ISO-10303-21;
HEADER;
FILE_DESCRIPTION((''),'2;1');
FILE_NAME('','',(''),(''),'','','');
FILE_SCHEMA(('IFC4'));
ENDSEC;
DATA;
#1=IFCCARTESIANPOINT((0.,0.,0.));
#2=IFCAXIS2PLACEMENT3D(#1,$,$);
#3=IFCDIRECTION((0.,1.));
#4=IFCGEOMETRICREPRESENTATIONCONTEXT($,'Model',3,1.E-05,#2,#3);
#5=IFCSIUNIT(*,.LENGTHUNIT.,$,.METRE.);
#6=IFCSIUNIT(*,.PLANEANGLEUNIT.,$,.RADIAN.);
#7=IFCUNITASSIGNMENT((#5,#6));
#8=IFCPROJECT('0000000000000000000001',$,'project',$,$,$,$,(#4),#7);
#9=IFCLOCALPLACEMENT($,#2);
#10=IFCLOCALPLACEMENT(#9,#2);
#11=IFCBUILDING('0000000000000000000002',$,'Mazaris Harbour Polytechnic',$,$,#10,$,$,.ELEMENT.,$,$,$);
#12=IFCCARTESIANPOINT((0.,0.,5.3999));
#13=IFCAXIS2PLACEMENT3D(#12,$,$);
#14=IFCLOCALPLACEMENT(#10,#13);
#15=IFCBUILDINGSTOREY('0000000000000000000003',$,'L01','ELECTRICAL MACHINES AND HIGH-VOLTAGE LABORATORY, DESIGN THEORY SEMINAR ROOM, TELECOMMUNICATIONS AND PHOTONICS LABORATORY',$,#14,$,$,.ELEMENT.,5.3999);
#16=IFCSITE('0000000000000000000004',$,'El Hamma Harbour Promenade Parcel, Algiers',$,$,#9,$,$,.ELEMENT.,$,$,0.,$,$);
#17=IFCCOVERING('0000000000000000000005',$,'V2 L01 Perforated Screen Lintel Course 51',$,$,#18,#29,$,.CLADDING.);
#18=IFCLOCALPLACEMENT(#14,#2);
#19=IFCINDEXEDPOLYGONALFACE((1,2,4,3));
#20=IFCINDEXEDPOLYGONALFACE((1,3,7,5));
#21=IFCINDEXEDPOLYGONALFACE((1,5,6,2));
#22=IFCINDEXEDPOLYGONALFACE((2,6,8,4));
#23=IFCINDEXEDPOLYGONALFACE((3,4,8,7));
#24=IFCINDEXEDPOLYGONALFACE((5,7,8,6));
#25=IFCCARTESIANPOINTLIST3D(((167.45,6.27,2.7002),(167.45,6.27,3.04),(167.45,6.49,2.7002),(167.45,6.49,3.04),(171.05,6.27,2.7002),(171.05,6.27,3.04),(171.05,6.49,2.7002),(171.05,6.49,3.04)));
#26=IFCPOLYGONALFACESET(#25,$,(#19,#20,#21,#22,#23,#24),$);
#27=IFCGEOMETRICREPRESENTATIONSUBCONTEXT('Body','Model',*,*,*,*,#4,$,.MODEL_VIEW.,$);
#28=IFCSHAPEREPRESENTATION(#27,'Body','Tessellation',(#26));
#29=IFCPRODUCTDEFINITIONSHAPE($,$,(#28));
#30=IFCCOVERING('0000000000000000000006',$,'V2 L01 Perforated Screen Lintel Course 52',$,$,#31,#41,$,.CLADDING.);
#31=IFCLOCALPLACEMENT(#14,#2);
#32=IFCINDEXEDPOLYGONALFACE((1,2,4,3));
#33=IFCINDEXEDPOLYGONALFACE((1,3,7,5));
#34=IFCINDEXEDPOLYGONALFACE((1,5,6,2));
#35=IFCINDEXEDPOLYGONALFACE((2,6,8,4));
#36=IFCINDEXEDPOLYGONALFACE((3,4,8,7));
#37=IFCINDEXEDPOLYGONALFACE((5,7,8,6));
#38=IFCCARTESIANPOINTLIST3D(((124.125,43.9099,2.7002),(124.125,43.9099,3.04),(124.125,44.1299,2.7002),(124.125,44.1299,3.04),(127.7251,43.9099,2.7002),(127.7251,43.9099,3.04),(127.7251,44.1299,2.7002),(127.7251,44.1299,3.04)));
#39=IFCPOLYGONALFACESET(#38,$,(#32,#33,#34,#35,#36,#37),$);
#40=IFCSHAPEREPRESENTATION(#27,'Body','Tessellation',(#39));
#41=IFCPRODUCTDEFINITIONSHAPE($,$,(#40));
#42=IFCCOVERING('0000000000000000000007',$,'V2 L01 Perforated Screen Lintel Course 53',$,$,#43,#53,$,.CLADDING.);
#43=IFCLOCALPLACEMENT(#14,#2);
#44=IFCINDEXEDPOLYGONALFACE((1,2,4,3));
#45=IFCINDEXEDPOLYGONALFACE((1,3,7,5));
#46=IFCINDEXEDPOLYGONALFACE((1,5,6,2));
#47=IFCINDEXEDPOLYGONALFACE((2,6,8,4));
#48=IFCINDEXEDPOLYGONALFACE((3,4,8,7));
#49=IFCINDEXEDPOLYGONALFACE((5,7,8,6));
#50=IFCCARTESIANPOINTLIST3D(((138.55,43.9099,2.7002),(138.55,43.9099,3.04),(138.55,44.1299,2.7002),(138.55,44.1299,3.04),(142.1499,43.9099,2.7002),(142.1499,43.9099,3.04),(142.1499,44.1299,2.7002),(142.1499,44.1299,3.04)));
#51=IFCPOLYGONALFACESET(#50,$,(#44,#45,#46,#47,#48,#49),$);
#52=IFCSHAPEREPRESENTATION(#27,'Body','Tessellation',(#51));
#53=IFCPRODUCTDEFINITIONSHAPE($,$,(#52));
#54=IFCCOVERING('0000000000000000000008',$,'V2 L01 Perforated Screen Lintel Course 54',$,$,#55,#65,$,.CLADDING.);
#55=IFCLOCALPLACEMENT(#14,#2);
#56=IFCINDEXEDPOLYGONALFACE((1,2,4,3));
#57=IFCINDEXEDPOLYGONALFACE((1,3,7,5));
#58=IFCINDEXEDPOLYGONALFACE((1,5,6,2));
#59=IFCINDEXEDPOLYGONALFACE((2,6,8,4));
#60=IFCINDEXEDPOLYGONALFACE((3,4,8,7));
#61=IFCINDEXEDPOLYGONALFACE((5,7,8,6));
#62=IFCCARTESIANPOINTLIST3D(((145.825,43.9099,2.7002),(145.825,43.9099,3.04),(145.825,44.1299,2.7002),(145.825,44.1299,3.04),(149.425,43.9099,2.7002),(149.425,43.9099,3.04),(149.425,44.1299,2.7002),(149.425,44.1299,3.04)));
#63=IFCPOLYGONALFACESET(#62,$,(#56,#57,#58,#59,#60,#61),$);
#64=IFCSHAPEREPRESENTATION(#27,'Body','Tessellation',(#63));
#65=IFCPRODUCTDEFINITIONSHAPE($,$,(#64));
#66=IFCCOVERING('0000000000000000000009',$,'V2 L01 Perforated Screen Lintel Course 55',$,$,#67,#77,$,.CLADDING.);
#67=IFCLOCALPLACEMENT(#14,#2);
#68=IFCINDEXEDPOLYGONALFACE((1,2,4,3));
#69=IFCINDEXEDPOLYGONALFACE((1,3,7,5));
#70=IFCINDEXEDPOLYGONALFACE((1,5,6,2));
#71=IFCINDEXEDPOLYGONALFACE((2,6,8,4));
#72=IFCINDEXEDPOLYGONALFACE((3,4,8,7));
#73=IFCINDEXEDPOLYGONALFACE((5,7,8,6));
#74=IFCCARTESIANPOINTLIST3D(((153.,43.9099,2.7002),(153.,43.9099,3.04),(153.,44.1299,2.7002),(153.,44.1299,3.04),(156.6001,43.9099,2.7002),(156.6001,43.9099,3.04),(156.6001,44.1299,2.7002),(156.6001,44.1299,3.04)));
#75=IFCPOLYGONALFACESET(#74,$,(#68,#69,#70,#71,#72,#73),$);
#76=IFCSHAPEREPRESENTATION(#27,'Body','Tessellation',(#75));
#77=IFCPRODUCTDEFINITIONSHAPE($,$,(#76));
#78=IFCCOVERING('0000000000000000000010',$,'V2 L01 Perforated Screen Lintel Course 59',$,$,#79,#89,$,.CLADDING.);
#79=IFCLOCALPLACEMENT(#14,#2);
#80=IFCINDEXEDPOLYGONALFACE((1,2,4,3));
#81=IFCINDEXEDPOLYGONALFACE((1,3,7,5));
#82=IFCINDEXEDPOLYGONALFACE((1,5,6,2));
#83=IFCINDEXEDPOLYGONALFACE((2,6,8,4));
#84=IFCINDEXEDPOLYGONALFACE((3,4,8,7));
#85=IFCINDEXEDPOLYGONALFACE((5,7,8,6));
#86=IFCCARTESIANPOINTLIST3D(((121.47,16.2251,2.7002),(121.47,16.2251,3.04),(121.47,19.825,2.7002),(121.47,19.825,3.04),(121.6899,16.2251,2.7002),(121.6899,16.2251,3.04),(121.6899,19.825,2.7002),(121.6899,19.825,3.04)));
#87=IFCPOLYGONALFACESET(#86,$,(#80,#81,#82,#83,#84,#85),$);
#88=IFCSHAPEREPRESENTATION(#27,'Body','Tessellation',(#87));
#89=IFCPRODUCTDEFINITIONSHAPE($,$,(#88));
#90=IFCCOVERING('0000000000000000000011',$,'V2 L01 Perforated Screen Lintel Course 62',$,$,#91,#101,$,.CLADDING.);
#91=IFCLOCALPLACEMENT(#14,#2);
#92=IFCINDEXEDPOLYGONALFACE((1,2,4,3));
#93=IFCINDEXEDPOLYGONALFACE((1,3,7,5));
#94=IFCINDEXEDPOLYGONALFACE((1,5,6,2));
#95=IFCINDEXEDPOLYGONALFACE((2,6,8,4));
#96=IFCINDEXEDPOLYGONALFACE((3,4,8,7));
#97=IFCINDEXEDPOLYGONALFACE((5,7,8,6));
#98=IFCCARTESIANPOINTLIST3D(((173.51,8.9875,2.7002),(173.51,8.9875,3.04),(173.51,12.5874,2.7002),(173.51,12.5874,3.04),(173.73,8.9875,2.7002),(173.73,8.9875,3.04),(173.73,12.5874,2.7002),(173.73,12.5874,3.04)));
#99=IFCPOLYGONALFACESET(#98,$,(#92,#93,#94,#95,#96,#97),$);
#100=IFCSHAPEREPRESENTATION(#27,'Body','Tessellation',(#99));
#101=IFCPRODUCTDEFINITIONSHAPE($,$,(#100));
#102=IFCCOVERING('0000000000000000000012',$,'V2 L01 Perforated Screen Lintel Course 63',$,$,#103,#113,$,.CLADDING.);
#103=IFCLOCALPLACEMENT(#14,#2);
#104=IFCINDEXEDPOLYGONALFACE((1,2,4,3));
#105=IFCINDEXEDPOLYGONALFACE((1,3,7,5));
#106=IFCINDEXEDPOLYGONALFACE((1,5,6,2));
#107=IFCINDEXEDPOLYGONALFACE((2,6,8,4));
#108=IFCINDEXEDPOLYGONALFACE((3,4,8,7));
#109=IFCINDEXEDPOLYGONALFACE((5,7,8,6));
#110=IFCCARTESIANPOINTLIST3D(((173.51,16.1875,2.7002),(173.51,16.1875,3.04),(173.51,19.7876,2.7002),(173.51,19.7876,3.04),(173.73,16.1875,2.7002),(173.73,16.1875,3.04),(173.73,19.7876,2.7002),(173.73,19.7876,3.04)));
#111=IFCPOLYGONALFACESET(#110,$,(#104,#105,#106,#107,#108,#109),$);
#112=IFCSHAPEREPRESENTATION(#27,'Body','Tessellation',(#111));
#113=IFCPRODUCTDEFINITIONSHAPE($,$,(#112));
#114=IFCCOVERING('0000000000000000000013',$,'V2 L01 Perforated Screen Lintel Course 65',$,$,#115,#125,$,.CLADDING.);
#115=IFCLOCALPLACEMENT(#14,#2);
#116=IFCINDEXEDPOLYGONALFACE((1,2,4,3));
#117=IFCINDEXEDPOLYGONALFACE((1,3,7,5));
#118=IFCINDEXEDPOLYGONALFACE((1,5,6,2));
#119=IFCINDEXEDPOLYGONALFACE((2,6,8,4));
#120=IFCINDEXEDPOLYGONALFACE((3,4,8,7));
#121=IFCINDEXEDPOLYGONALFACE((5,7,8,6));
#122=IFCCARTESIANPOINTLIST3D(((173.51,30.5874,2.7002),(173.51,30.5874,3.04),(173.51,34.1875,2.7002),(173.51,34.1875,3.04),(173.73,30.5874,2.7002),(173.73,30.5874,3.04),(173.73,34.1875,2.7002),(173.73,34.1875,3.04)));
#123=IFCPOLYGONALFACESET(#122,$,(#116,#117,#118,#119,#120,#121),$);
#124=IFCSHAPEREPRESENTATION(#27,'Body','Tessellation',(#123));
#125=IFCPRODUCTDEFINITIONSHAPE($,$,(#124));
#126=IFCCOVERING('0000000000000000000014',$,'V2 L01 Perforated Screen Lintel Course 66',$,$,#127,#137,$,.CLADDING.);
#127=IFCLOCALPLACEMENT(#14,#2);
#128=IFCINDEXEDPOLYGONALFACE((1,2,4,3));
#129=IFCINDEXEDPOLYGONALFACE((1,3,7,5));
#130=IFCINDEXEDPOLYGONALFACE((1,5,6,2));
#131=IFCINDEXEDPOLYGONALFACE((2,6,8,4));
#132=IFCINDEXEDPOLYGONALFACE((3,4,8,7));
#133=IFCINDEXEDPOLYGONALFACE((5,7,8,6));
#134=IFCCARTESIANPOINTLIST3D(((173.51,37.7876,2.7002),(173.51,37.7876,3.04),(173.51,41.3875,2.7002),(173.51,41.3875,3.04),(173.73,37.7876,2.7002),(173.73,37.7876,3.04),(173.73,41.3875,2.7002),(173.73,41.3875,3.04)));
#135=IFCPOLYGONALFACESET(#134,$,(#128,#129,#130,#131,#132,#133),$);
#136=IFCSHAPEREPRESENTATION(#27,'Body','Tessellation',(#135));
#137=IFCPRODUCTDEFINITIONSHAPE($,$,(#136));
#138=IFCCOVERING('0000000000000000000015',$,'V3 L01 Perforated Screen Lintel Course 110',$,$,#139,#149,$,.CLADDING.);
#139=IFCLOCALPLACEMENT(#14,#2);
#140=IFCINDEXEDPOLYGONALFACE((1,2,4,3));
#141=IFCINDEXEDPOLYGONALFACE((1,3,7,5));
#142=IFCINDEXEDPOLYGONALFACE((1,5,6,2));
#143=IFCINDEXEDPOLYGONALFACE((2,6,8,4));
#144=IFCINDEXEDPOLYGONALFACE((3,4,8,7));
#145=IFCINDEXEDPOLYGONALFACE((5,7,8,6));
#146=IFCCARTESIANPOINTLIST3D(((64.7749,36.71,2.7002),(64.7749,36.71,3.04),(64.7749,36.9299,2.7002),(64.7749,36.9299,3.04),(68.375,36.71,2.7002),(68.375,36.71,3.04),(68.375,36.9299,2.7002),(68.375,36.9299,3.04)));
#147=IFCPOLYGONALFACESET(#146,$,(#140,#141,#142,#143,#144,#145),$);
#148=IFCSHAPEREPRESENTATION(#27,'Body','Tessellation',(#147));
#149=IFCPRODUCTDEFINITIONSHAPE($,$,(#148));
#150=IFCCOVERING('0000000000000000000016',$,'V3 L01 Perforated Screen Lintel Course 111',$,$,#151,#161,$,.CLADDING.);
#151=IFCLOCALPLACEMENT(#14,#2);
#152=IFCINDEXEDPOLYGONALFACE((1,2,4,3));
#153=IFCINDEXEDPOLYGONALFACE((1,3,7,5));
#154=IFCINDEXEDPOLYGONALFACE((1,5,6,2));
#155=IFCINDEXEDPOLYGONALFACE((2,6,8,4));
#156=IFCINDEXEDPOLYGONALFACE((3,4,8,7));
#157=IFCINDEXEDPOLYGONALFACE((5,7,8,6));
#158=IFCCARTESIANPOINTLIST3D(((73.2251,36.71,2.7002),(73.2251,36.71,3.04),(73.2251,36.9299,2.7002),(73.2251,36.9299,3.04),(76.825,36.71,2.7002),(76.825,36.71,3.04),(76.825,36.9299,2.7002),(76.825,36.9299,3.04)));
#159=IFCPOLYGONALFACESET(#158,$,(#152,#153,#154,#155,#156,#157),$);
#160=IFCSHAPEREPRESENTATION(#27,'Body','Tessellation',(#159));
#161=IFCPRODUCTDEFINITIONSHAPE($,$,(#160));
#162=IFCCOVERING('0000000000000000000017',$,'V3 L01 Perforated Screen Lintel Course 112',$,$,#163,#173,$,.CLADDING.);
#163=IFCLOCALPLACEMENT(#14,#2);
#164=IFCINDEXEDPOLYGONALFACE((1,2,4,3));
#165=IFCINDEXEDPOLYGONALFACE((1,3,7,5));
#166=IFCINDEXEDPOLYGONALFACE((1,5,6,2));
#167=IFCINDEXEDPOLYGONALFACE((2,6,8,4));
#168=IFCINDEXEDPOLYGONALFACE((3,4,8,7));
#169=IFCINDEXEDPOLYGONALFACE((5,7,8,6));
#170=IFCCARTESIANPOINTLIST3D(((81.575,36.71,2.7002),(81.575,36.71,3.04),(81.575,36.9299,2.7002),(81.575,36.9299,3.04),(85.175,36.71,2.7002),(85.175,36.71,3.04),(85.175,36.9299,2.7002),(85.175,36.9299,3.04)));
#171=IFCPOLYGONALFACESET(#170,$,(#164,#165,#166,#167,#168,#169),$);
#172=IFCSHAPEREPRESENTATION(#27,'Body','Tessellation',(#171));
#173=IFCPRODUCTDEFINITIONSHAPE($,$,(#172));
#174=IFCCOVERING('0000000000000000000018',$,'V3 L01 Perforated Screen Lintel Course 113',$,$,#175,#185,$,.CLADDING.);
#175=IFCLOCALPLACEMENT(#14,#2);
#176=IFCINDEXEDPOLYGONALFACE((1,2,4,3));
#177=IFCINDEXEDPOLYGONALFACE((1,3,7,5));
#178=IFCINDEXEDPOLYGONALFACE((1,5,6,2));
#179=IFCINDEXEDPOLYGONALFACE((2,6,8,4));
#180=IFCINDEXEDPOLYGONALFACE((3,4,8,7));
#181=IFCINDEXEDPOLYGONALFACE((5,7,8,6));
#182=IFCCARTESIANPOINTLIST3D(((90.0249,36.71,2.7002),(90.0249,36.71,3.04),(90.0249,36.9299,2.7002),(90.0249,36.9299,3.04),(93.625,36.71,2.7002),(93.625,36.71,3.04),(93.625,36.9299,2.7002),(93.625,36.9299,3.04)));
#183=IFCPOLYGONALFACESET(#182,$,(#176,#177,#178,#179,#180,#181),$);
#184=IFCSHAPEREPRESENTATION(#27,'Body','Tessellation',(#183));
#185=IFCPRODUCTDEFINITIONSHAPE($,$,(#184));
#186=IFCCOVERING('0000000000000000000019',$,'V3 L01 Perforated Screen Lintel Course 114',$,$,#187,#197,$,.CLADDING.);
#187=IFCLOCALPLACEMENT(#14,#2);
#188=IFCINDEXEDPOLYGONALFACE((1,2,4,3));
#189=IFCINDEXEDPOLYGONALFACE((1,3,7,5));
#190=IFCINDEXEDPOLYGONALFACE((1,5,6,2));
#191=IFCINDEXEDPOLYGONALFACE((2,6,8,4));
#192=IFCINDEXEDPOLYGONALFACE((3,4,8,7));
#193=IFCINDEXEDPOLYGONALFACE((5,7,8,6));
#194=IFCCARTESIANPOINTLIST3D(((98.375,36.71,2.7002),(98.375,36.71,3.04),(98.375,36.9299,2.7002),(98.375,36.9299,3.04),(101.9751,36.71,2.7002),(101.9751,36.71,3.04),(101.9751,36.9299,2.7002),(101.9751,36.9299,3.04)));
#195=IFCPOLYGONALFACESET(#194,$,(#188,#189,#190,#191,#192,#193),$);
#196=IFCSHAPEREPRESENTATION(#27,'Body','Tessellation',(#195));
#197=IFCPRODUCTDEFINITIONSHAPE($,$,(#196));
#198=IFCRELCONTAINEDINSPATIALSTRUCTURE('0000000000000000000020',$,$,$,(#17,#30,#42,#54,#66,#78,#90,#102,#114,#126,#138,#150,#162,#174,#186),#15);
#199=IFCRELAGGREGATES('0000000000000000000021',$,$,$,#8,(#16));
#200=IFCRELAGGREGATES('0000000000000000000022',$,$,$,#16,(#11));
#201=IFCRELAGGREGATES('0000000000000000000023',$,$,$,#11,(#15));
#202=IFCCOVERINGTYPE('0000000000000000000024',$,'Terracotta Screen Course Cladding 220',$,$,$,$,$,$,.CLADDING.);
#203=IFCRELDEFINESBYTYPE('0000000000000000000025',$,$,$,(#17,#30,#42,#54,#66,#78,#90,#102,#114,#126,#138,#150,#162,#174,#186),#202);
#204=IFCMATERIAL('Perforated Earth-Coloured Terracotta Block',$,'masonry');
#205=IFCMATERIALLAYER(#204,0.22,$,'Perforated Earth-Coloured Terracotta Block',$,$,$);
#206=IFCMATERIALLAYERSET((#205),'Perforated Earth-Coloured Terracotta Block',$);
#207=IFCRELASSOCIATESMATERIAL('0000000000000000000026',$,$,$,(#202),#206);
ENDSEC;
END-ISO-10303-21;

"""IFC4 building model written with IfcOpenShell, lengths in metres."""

from ifc_helpers import new_model, si_unit, direction, frame, origin, place, context, subcontext, project, spatial, polyline, outline, extrude, material, layer, layer_set, type_object, element, save


model = new_model("IFC4")

# Units and contexts
model_context = context("Model", 3, precision=1e-05, world=origin(), true_north=direction((0.0, 1.0)))
body_context = subcontext(model_context, "Body", "Model", "MODEL_VIEW")
ifc_project = project(units=[si_unit("LENGTHUNIT", "METRE"), si_unit("PLANEANGLEUNIT", "RADIAN")], contexts=[model_context])

# Site, building, storey
site_placement = place(None, origin())
site = spatial("IfcSite", under=ifc_project, at=site_placement, Name="El Hamma Harbour Promenade Parcel, Algiers", CompositionType="ELEMENT", RefElevation=0.0)
building_placement = place(site_placement, origin())
building = spatial("IfcBuilding", under=site, at=building_placement, Name="Mazaris Harbour Polytechnic", CompositionType="ELEMENT")
storey_placement = place(building_placement, frame((0.0, 0.0, 5.3999)))
storey = spatial("IfcBuildingStorey", under=building, at=storey_placement, Name="L01", Description="ELECTRICAL MACHINES AND HIGH-VOLTAGE LABORATORY, DESIGN THEORY SEMINAR ROOM, TELECOMMUNICATIONS AND PHOTONICS LABORATORY", CompositionType="ELEMENT", Elevation=5.3999)

# Coverings
ifc_material = material(Name="Perforated Earth-Coloured Terracotta Block", Category="masonry")
ifc_layer = layer(ifc_material, 0.22, Name="Perforated Earth-Coloured Terracotta Block")
ifc_layer_set = layer_set([ifc_layer], Name="Perforated Earth-Coloured Terracotta Block")
covering_type = type_object("IfcCoveringType", Name="Terracotta Screen Course Cladding 220", PredefinedType="CLADDING", material=ifc_layer_set)
covering_1_placement = place(storey_placement, frame((0.0, 0.0, 2.7002)))
element("IfcCovering", 1, at=covering_1_placement, inside=storey, type_object=covering_type, Name="V2 L01 Perforated Screen Lintel Course 51", PredefinedType="CLADDING", context=body_context, shape_type="SweptSolid", body=[
    extrude(outline(polyline([(171.05, 6.49), (167.45, 6.49), (167.45, 6.27), (171.05, 6.27), (171.05, 6.49)])), origin(), (0.0, 0.0, 1.0), 0.3398),
])
covering_2_placement = place(storey_placement, frame((0.0, 0.0, 2.7002)))
element("IfcCovering", 2, at=covering_2_placement, inside=storey, type_object=covering_type, Name="V2 L01 Perforated Screen Lintel Course 52", PredefinedType="CLADDING", context=body_context, shape_type="SweptSolid", body=[
    extrude(outline(polyline([(124.125, 43.9099), (127.7251, 43.9099), (127.7251, 44.1299), (124.125, 44.1299), (124.125, 43.9099)])), origin(), (0.0, 0.0, 1.0), 0.3398),
])
covering_3_placement = place(storey_placement, frame((0.0, 0.0, 2.7002)))
element("IfcCovering", 3, at=covering_3_placement, inside=storey, type_object=covering_type, Name="V2 L01 Perforated Screen Lintel Course 53", PredefinedType="CLADDING", context=body_context, shape_type="SweptSolid", body=[
    extrude(outline(polyline([(138.55, 43.9099), (142.1499, 43.9099), (142.1499, 44.1299), (138.55, 44.1299), (138.55, 43.9099)])), origin(), (0.0, 0.0, 1.0), 0.3398),
])
covering_4_placement = place(storey_placement, frame((0.0, 0.0, 2.7002)))
element("IfcCovering", 4, at=covering_4_placement, inside=storey, type_object=covering_type, Name="V2 L01 Perforated Screen Lintel Course 54", PredefinedType="CLADDING", context=body_context, shape_type="SweptSolid", body=[
    extrude(outline(polyline([(145.825, 43.9099), (149.425, 43.9099), (149.425, 44.1299), (145.825, 44.1299), (145.825, 43.9099)])), origin(), (0.0, 0.0, 1.0), 0.3398),
])
covering_5_placement = place(storey_placement, frame((0.0, 0.0, 2.7002)))
element("IfcCovering", 5, at=covering_5_placement, inside=storey, type_object=covering_type, Name="V2 L01 Perforated Screen Lintel Course 55", PredefinedType="CLADDING", context=body_context, shape_type="SweptSolid", body=[
    extrude(outline(polyline([(153.0, 43.9099), (156.6001, 43.9099), (156.6001, 44.1299), (153.0, 44.1299), (153.0, 43.9099)])), origin(), (0.0, 0.0, 1.0), 0.3398),
])
covering_6_placement = place(storey_placement, frame((0.0, 0.0, 2.7002)))
element("IfcCovering", 6, at=covering_6_placement, inside=storey, type_object=covering_type, Name="V2 L01 Perforated Screen Lintel Course 59", PredefinedType="CLADDING", context=body_context, shape_type="SweptSolid", body=[
    extrude(outline(polyline([(121.6899, 16.2251), (121.6899, 19.825), (121.47, 19.825), (121.47, 16.2251), (121.6899, 16.2251)])), origin(), (0.0, 0.0, 1.0), 0.3398),
])
covering_7_placement = place(storey_placement, frame((0.0, 0.0, 2.7002)))
element("IfcCovering", 7, at=covering_7_placement, inside=storey, type_object=covering_type, Name="V2 L01 Perforated Screen Lintel Course 62", PredefinedType="CLADDING", context=body_context, shape_type="SweptSolid", body=[
    extrude(outline(polyline([(173.51, 12.5874), (173.51, 8.9875), (173.73, 8.9875), (173.73, 12.5874), (173.51, 12.5874)])), origin(), (0.0, 0.0, 1.0), 0.3398),
])
covering_8_placement = place(storey_placement, frame((0.0, 0.0, 2.7002)))
element("IfcCovering", 8, at=covering_8_placement, inside=storey, type_object=covering_type, Name="V2 L01 Perforated Screen Lintel Course 63", PredefinedType="CLADDING", context=body_context, shape_type="SweptSolid", body=[
    extrude(outline(polyline([(173.51, 19.7876), (173.51, 16.1875), (173.73, 16.1875), (173.73, 19.7876), (173.51, 19.7876)])), origin(), (0.0, 0.0, 1.0), 0.3398),
])
covering_9_placement = place(storey_placement, frame((0.0, 0.0, 2.7002)))
element("IfcCovering", 9, at=covering_9_placement, inside=storey, type_object=covering_type, Name="V2 L01 Perforated Screen Lintel Course 65", PredefinedType="CLADDING", context=body_context, shape_type="SweptSolid", body=[
    extrude(outline(polyline([(173.51, 34.1875), (173.51, 30.5874), (173.73, 30.5874), (173.73, 34.1875), (173.51, 34.1875)])), origin(), (0.0, 0.0, 1.0), 0.3398),
])
covering_10_placement = place(storey_placement, frame((0.0, 0.0, 2.7002)))
element("IfcCovering", 10, at=covering_10_placement, inside=storey, type_object=covering_type, Name="V2 L01 Perforated Screen Lintel Course 66", PredefinedType="CLADDING", context=body_context, shape_type="SweptSolid", body=[
    extrude(outline(polyline([(173.51, 41.3875), (173.51, 37.7876), (173.73, 37.7876), (173.73, 41.3875), (173.51, 41.3875)])), origin(), (0.0, 0.0, 1.0), 0.3398),
])
covering_11_placement = place(storey_placement, frame((0.0, 0.0, 2.7002)))
element("IfcCovering", 11, at=covering_11_placement, inside=storey, type_object=covering_type, Name="V3 L01 Perforated Screen Lintel Course 110", PredefinedType="CLADDING", context=body_context, shape_type="SweptSolid", body=[
    extrude(outline(polyline([(64.7749, 36.71), (68.375, 36.71), (68.375, 36.9299), (64.7749, 36.9299), (64.7749, 36.71)])), origin(), (0.0, 0.0, 1.0), 0.3398),
])
covering_12_placement = place(storey_placement, frame((0.0, 0.0, 2.7002)))
element("IfcCovering", 12, at=covering_12_placement, inside=storey, type_object=covering_type, Name="V3 L01 Perforated Screen Lintel Course 111", PredefinedType="CLADDING", context=body_context, shape_type="SweptSolid", body=[
    extrude(outline(polyline([(73.2251, 36.71), (76.825, 36.71), (76.825, 36.9299), (73.2251, 36.9299), (73.2251, 36.71)])), origin(), (0.0, 0.0, 1.0), 0.3398),
])
covering_13_placement = place(storey_placement, frame((0.0, 0.0, 2.7002)))
element("IfcCovering", 13, at=covering_13_placement, inside=storey, type_object=covering_type, Name="V3 L01 Perforated Screen Lintel Course 112", PredefinedType="CLADDING", context=body_context, shape_type="SweptSolid", body=[
    extrude(outline(polyline([(81.575, 36.71), (85.175, 36.71), (85.175, 36.9299), (81.575, 36.9299), (81.575, 36.71)])), origin(), (0.0, 0.0, 1.0), 0.3398),
])
covering_14_placement = place(storey_placement, frame((0.0, 0.0, 2.7002)))
element("IfcCovering", 14, at=covering_14_placement, inside=storey, type_object=covering_type, Name="V3 L01 Perforated Screen Lintel Course 113", PredefinedType="CLADDING", context=body_context, shape_type="SweptSolid", body=[
    extrude(outline(polyline([(90.0249, 36.71), (93.625, 36.71), (93.625, 36.9299), (90.0249, 36.9299), (90.0249, 36.71)])), origin(), (0.0, 0.0, 1.0), 0.3398),
])
covering_15_placement = place(storey_placement, frame((0.0, 0.0, 2.7002)))
element("IfcCovering", 15, at=covering_15_placement, inside=storey, type_object=covering_type, Name="V3 L01 Perforated Screen Lintel Course 114", PredefinedType="CLADDING", context=body_context, shape_type="SweptSolid", body=[
    extrude(outline(polyline([(98.375, 36.71), (101.9751, 36.71), (101.9751, 36.9299), (98.375, 36.9299), (98.375, 36.71)])), origin(), (0.0, 0.0, 1.0), 0.3398),
])

save(model, "model.ifc")
